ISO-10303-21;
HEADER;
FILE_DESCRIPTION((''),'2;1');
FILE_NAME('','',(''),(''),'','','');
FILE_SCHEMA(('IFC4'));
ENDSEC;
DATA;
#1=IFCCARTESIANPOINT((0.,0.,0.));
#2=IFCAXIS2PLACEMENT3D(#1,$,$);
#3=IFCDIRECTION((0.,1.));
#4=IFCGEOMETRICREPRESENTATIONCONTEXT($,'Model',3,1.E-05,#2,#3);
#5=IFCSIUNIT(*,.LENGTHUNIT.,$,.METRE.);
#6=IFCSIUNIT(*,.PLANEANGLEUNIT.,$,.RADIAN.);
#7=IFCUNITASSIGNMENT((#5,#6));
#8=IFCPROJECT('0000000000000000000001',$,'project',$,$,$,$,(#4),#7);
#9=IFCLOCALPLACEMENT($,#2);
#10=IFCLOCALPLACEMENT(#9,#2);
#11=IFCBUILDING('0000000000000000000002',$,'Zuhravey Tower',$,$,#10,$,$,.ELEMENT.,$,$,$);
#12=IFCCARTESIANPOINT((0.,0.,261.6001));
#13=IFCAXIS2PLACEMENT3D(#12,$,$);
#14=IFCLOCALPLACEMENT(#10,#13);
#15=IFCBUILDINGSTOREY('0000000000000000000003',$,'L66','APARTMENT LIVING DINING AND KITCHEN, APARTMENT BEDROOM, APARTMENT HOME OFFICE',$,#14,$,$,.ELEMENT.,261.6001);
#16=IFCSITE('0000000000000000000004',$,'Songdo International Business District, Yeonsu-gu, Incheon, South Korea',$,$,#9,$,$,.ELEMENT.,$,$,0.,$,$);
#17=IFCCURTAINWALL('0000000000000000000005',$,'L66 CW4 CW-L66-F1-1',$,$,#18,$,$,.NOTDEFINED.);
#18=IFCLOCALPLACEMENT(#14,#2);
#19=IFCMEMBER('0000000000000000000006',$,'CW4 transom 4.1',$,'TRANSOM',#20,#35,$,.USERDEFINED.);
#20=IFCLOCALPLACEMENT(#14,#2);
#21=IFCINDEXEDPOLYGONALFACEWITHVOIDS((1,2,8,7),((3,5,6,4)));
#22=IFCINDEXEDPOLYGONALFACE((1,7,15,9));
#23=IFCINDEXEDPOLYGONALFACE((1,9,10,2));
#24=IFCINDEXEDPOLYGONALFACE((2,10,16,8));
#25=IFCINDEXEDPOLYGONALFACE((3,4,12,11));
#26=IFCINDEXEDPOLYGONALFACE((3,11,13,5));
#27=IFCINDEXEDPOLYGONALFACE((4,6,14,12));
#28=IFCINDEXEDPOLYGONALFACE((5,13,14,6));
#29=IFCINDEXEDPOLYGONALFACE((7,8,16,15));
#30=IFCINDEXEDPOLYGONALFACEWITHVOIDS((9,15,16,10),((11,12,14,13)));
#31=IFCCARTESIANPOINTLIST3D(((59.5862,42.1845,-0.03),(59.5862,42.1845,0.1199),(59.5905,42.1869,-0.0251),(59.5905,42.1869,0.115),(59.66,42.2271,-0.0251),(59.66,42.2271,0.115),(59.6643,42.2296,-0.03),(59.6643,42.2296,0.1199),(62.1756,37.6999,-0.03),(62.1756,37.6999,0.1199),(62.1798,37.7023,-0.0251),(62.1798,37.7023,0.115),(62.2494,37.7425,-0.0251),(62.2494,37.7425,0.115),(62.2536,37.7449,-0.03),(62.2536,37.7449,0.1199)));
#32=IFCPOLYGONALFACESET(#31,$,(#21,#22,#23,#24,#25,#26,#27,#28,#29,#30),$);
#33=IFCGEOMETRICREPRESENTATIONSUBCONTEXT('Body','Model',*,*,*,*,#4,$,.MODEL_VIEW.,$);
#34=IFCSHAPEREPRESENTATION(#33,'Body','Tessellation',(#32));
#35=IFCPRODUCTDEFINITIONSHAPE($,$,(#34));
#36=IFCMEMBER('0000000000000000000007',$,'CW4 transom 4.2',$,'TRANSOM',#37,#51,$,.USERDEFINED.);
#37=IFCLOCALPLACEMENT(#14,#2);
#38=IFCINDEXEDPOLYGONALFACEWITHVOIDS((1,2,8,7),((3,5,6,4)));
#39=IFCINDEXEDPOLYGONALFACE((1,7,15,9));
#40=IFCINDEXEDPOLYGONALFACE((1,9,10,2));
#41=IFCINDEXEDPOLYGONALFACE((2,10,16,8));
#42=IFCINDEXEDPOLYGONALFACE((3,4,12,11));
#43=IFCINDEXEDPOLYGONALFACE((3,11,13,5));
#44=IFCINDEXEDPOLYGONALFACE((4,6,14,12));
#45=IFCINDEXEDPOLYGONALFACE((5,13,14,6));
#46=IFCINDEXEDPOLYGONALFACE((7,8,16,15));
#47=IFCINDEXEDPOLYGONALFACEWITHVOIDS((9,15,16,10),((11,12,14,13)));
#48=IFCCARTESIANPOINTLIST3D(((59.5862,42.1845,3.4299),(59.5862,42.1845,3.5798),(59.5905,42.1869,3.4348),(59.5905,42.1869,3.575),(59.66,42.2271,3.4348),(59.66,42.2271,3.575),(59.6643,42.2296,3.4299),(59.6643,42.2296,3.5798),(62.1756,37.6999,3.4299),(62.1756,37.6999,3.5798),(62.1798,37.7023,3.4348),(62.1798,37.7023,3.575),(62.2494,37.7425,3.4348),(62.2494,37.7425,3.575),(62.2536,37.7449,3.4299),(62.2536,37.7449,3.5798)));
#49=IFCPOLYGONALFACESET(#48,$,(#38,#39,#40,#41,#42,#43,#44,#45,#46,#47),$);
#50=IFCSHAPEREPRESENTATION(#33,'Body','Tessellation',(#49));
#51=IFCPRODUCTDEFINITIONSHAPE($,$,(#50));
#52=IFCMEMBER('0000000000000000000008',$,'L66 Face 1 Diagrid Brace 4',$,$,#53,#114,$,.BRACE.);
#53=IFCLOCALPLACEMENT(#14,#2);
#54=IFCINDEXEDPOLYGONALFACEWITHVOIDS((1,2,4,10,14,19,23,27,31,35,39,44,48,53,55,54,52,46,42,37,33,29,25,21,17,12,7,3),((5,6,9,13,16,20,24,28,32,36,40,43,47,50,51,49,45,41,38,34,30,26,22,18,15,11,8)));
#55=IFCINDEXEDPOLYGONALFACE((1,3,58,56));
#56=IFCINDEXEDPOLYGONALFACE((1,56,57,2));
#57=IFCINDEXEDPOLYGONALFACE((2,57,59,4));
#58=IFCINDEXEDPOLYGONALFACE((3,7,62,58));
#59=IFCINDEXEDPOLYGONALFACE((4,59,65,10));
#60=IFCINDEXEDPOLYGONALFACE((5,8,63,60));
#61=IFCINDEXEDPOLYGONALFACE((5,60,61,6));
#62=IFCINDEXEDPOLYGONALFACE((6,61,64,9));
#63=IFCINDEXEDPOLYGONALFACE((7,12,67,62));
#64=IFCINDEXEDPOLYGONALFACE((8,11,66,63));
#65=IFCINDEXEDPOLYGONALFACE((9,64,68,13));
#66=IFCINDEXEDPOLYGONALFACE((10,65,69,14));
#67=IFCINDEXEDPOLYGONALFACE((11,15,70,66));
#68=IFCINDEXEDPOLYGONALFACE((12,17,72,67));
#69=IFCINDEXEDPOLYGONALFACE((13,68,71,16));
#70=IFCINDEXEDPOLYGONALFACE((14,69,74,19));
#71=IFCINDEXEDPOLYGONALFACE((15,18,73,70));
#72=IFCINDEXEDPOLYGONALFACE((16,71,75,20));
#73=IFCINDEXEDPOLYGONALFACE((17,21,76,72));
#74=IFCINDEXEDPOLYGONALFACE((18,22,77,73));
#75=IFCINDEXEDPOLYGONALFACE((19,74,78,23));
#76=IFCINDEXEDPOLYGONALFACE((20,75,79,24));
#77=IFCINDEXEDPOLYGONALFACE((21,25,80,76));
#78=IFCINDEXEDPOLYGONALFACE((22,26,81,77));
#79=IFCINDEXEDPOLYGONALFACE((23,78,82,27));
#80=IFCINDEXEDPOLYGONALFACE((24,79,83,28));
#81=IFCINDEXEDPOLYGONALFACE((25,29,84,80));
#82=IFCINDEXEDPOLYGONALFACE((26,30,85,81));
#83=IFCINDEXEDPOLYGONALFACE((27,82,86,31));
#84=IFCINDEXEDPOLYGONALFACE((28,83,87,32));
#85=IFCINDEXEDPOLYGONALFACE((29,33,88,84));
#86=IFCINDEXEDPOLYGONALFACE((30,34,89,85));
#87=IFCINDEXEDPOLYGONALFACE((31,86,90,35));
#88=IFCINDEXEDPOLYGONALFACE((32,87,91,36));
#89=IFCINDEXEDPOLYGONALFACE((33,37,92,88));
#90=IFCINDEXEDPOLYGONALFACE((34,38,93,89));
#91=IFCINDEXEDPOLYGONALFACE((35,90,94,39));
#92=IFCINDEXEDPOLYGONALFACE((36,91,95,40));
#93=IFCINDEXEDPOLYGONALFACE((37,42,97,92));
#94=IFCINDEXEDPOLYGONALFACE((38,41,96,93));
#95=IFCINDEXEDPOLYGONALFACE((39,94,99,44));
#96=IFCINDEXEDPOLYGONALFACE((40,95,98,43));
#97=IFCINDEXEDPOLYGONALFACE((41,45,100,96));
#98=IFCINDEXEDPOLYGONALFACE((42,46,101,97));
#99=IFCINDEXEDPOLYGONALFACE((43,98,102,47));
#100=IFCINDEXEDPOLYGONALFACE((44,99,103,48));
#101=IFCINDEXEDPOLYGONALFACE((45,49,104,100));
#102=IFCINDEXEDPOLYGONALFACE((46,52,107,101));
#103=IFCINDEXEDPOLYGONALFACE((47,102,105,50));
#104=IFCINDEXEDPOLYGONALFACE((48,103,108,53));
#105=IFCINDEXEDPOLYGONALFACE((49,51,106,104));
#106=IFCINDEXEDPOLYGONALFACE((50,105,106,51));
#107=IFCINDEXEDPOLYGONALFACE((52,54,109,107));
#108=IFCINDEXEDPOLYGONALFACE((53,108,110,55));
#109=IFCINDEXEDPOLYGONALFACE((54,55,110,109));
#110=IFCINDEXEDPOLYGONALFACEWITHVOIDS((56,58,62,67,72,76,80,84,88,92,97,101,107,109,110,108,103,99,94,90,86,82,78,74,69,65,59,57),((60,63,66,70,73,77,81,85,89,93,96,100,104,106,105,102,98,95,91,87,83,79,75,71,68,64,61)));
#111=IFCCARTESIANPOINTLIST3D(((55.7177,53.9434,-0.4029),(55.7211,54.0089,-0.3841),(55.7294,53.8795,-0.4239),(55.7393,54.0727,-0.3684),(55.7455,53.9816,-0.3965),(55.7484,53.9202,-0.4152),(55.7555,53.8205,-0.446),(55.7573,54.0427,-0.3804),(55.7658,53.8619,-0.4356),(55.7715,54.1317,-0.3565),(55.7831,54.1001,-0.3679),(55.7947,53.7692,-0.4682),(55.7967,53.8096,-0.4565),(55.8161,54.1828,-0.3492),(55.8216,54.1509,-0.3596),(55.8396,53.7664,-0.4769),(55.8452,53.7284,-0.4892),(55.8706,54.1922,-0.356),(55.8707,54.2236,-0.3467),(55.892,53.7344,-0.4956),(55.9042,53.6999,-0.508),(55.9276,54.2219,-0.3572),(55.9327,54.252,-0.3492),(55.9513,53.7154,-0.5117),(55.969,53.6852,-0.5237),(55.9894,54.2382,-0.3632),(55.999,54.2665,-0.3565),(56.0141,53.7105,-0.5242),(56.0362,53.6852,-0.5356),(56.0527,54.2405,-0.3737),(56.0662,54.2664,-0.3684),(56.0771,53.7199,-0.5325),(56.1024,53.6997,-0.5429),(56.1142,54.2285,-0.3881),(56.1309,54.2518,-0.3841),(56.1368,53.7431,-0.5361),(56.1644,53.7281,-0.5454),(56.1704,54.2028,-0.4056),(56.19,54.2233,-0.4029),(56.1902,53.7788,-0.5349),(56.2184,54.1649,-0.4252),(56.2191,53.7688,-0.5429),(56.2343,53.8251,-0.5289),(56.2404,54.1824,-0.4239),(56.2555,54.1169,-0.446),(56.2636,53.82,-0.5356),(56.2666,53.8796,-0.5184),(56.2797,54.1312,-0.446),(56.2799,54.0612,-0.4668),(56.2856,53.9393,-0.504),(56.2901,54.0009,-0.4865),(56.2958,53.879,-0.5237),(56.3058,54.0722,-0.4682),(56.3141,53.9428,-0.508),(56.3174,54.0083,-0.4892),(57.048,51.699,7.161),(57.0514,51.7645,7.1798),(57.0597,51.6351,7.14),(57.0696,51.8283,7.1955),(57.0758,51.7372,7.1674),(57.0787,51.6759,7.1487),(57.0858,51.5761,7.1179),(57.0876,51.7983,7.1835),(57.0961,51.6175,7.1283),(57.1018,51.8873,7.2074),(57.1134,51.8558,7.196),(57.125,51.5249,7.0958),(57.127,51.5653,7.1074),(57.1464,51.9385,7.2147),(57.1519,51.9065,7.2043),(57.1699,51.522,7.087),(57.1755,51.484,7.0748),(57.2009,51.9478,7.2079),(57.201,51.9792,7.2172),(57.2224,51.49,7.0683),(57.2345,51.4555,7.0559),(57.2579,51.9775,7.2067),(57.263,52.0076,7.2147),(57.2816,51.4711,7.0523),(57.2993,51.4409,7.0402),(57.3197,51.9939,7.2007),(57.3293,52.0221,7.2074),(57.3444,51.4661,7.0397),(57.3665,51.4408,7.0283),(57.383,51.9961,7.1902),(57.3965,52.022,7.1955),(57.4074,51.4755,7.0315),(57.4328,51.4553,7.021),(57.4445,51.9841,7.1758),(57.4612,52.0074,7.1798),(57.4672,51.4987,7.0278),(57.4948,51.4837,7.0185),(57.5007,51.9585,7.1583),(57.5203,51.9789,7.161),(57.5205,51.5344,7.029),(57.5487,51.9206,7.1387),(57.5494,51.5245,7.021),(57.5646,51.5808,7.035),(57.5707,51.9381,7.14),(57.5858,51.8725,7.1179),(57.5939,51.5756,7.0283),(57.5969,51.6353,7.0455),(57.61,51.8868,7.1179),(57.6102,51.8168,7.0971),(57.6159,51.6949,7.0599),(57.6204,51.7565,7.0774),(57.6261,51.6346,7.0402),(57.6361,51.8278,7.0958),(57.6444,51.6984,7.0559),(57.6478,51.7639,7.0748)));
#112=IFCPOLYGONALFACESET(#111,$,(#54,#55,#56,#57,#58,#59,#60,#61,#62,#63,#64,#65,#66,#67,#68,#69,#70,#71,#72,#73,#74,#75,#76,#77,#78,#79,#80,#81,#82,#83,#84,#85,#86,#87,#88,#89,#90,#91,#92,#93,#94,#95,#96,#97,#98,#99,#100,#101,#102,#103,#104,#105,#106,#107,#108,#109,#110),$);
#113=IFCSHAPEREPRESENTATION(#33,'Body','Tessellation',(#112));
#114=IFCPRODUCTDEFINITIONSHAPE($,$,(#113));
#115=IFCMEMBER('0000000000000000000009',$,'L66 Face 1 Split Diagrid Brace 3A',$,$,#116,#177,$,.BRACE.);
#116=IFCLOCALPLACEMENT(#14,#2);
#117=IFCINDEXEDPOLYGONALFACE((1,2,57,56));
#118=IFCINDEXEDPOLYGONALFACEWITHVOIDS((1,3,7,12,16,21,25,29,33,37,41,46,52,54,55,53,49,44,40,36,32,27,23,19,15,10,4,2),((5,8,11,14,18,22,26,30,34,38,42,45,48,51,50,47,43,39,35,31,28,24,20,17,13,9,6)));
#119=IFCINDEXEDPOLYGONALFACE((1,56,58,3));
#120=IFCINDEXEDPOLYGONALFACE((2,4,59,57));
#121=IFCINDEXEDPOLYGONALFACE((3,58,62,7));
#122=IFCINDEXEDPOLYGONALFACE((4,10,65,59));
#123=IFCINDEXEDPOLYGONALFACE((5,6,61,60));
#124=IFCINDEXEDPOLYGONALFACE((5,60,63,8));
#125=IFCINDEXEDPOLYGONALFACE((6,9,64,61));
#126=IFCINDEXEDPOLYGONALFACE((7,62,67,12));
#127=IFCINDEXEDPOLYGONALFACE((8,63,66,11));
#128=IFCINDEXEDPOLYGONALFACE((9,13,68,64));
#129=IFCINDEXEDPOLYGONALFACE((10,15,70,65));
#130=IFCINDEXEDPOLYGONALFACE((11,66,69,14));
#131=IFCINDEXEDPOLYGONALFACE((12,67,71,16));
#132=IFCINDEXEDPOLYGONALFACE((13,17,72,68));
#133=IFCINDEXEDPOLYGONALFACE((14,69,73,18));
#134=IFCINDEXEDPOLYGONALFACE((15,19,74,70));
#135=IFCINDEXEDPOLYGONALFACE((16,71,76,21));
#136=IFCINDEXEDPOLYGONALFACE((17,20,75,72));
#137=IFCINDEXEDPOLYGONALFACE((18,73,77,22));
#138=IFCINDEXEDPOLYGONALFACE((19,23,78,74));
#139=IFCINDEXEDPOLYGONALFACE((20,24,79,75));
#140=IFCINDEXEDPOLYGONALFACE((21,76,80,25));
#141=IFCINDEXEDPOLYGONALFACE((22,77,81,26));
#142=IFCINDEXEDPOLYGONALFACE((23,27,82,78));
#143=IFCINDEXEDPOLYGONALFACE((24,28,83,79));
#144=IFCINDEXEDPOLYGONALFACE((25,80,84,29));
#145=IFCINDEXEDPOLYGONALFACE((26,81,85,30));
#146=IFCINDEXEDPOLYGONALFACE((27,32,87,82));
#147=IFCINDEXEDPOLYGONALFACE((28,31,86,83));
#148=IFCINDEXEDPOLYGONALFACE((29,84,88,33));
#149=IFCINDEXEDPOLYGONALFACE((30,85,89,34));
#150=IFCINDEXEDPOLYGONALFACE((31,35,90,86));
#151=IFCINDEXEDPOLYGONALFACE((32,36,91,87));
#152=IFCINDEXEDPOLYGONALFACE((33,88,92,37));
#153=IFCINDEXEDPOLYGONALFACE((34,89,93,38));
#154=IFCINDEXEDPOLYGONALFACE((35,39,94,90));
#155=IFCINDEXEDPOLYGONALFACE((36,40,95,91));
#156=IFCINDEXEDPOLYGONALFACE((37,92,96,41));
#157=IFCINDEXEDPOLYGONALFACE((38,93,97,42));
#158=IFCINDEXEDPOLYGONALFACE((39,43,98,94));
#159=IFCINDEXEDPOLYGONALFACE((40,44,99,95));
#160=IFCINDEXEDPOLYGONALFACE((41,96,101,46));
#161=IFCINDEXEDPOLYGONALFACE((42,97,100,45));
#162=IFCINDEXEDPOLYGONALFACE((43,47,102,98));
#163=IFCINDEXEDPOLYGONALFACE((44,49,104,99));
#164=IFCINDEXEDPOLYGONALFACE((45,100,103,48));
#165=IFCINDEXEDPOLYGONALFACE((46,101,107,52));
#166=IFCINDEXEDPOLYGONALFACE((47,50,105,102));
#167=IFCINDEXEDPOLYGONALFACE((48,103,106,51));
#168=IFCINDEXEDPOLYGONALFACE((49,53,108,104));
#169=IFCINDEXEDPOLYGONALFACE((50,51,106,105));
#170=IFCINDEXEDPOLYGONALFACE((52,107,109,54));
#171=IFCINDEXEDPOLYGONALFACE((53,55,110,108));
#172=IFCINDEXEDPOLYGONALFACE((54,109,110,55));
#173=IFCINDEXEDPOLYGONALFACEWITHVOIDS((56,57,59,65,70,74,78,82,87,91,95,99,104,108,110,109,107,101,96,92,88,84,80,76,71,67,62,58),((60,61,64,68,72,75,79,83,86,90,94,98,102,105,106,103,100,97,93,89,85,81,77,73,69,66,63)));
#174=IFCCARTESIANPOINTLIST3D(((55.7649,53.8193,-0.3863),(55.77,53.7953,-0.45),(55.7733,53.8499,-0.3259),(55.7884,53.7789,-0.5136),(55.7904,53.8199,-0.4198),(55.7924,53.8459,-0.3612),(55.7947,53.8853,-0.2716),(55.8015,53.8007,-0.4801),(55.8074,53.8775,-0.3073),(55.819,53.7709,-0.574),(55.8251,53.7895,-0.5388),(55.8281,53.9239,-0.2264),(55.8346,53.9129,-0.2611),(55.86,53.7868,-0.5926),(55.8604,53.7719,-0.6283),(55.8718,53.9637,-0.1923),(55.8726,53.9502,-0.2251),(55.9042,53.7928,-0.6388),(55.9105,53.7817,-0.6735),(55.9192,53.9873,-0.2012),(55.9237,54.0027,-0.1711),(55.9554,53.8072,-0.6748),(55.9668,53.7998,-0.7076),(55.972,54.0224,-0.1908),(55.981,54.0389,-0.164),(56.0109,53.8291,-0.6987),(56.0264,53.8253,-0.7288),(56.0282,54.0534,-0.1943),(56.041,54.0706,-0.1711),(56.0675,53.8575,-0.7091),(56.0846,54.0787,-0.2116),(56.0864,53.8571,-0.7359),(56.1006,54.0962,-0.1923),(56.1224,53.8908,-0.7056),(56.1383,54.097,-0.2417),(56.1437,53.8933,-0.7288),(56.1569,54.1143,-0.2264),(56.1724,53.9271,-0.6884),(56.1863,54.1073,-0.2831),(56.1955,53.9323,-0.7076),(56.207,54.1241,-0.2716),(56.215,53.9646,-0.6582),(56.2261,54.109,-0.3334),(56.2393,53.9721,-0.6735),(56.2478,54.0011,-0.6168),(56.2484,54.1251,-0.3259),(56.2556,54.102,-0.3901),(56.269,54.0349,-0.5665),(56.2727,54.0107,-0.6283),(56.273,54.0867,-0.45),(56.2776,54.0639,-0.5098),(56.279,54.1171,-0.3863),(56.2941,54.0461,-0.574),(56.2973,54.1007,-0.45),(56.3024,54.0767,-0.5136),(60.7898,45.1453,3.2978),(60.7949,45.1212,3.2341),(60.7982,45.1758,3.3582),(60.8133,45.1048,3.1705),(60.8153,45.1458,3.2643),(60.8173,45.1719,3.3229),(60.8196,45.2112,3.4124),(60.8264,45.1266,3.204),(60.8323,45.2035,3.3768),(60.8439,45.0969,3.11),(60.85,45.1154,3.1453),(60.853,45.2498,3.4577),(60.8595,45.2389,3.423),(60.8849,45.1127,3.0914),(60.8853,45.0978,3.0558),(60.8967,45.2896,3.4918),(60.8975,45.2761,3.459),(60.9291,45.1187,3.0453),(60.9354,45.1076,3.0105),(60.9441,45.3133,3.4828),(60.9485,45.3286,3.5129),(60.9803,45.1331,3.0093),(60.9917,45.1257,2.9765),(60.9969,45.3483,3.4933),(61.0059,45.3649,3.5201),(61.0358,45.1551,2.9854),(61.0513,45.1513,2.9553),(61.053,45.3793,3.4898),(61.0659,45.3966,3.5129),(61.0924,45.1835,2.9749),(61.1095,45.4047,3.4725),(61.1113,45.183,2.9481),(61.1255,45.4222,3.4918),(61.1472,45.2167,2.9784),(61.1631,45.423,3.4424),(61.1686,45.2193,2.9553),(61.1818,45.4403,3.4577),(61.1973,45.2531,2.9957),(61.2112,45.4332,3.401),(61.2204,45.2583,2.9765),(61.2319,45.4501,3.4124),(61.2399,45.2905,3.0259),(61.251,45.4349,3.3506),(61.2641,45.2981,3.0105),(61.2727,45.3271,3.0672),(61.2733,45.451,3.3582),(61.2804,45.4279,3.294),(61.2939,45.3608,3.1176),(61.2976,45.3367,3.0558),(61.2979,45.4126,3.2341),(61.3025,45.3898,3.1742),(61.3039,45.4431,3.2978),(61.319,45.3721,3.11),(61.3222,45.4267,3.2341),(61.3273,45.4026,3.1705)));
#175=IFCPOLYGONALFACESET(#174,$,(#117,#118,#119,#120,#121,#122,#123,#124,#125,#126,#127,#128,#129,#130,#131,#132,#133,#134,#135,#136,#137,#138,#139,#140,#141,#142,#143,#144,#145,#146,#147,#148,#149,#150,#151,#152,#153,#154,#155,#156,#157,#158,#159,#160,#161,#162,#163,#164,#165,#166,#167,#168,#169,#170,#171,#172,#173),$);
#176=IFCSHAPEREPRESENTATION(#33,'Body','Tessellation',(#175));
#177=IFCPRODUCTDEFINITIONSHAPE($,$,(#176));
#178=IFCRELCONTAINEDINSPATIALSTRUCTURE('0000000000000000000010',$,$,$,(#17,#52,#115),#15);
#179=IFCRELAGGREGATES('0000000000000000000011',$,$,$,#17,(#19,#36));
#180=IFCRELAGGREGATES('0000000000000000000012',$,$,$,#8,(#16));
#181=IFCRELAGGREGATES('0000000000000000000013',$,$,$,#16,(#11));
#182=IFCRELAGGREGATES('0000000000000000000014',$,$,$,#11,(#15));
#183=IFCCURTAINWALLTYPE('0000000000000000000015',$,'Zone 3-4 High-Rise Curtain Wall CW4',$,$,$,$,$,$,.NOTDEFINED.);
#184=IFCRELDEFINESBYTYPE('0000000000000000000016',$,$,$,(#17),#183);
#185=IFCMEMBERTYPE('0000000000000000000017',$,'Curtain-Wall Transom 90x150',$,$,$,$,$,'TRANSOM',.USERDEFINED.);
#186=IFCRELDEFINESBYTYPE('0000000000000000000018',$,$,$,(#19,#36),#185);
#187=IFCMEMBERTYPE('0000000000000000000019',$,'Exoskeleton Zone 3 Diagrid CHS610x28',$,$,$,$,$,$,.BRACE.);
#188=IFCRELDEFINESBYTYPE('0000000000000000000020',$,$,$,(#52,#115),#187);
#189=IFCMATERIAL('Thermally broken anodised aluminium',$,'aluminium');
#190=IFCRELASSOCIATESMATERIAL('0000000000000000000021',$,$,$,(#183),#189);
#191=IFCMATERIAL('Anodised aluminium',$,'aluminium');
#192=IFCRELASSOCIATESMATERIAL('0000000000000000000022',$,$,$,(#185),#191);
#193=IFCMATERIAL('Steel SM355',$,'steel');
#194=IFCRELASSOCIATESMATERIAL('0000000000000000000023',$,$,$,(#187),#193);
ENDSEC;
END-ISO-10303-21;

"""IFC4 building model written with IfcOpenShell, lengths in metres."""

from ifc_helpers import new_model, si_unit, direction, frame, origin, origin_2d, place, context, subcontext, project, spatial, hollow_rectangle, hollow_circle, extrude, material, material_profile, profile_set, type_object, element, aggregate, save


model = new_model("IFC4")

# Units and contexts
model_context = context("Model", 3, precision=1e-05, world=origin(), true_north=direction((0.0, 1.0)))
body_context = subcontext(model_context, "Body", "Model", "MODEL_VIEW")
ifc_project = project(units=[si_unit("LENGTHUNIT", "METRE"), si_unit("PLANEANGLEUNIT", "RADIAN")], contexts=[model_context])

# Site, building, storey
site_placement = place(None, origin())
site = spatial("IfcSite", under=ifc_project, at=site_placement, Name="Songdo International Business District, Yeonsu-gu, Incheon, South Korea", CompositionType="ELEMENT", RefElevation=0.0)
building_placement = place(site_placement, origin())
building = spatial("IfcBuilding", under=site, at=building_placement, Name="Zuhravey Tower", CompositionType="ELEMENT")
storey_placement = place(building_placement, frame((0.0, 0.0, 261.6001)))
storey = spatial("IfcBuildingStorey", under=building, at=storey_placement, Name="L66", Description="APARTMENT LIVING DINING AND KITCHEN, APARTMENT BEDROOM, APARTMENT HOME OFFICE", CompositionType="ELEMENT", Elevation=261.6001)

# Curtain wall, members
ifc_material_1 = material(Name="Thermally broken anodised aluminium", Category="aluminium")
curtain_wall_type = type_object("IfcCurtainWallType", Name="Zone 3-4 High-Rise Curtain Wall CW4", PredefinedType="NOTDEFINED", material=ifc_material_1)
curtain_wall_placement = place(storey_placement, origin())
curtain_wall = element("IfcCurtainWall", 1, at=curtain_wall_placement, inside=storey, type_object=curtain_wall_type, Name="L66 CW4 CW-L66-F1-1", PredefinedType="NOTDEFINED")
ifc_material_2 = material(Name="Anodised aluminium", Category="aluminium")
ifc_material_profile_1 = material_profile(ifc_material_2, hollow_rectangle(XDim=0.0901, YDim=0.1499, WallThickness=0.0049, at=origin_2d()), Name="ALU-RHS-90x150x5")
ifc_profile_set_1 = profile_set([ifc_material_profile_1], Name="Anodised aluminium")
member_type_1 = type_object("IfcMemberType", Name="Curtain-Wall Transom 90x150", ElementType="TRANSOM", PredefinedType="USERDEFINED", material=ifc_profile_set_1)
member_1_placement = place(storey_placement, frame((59.6252, 42.207, 0.0449), z_axis=(0.500023, -0.866012, 0.0), x_axis=(0.866012, 0.500023, 0.0)))
member_1 = element("IfcMember", 2, at=member_1_placement, type_object=member_type_1, Name="CW4 transom 4.1", ObjectType="TRANSOM", PredefinedType="USERDEFINED", context=body_context, shape_type="SweptSolid", body=[
    extrude(hollow_rectangle(XDim=0.0901, YDim=0.1499, WallThickness=0.0049, at=origin_2d()), origin(), (0.0, 0.0, 1.0), 5.1785),
])
member_2_placement = place(storey_placement, frame((59.6252, 42.207, 3.5049), z_axis=(0.500023, -0.866012, 0.0), x_axis=(0.866012, 0.500023, 0.0)))
member_2 = element("IfcMember", 3, at=member_2_placement, type_object=member_type_1, Name="CW4 transom 4.2", ObjectType="TRANSOM", PredefinedType="USERDEFINED", context=body_context, shape_type="SweptSolid", body=[
    extrude(hollow_rectangle(XDim=0.0901, YDim=0.1499, WallThickness=0.0049, at=origin_2d()), origin(), (0.0, 0.0, 1.0), 5.1785),
])

# Members
ifc_material_3 = material(Name="Steel SM355", Category="steel")
ifc_material_profile_2 = material_profile(ifc_material_3, hollow_circle(Radius=0.3047, WallThickness=0.0281, at=origin_2d()), Name="CHS-609.6x28")
ifc_profile_set_2 = profile_set([ifc_material_profile_2], Name="Steel SM355")
member_type_2 = type_object("IfcMemberType", Name="Exoskeleton Zone 3 Diagrid CHS610x28", PredefinedType="BRACE", material=ifc_profile_set_2)
member_3_placement = place(storey_placement, frame((56.0176, 53.9758, -0.446), z_axis=(0.166264, -0.280503, 0.945344), x_axis=(0.860238, 0.509892, 0.0)))
element("IfcMember", 4, at=member_3_placement, inside=storey, type_object=member_type_2, Name="L66 Face 1 Diagrid Brace 4", PredefinedType="BRACE", context=body_context, shape_type="SweptSolid", body=[
    extrude(hollow_circle(Radius=0.3047, WallThickness=0.0281, at=origin_2d()), origin(), (0.0, 0.0, 1.0), 8.0012),
])
member_4_placement = place(storey_placement, frame((56.0337, 53.948, -0.45), z_axis=(0.470498, -0.812182, 0.344953), x_axis=(0.865293, 0.501266, 0.0)))
element("IfcMember", 5, at=member_4_placement, inside=storey, type_object=member_type_2, Name="L66 Face 1 Split Diagrid Brace 3A", PredefinedType="BRACE", context=body_context, shape_type="SweptSolid", body=[
    extrude(hollow_circle(Radius=0.3047, WallThickness=0.0281, at=origin_2d()), origin(), (0.0, 0.0, 1.0), 10.6799),
])

aggregate(curtain_wall, [member_1, member_2])

save(model, "model.ifc")
